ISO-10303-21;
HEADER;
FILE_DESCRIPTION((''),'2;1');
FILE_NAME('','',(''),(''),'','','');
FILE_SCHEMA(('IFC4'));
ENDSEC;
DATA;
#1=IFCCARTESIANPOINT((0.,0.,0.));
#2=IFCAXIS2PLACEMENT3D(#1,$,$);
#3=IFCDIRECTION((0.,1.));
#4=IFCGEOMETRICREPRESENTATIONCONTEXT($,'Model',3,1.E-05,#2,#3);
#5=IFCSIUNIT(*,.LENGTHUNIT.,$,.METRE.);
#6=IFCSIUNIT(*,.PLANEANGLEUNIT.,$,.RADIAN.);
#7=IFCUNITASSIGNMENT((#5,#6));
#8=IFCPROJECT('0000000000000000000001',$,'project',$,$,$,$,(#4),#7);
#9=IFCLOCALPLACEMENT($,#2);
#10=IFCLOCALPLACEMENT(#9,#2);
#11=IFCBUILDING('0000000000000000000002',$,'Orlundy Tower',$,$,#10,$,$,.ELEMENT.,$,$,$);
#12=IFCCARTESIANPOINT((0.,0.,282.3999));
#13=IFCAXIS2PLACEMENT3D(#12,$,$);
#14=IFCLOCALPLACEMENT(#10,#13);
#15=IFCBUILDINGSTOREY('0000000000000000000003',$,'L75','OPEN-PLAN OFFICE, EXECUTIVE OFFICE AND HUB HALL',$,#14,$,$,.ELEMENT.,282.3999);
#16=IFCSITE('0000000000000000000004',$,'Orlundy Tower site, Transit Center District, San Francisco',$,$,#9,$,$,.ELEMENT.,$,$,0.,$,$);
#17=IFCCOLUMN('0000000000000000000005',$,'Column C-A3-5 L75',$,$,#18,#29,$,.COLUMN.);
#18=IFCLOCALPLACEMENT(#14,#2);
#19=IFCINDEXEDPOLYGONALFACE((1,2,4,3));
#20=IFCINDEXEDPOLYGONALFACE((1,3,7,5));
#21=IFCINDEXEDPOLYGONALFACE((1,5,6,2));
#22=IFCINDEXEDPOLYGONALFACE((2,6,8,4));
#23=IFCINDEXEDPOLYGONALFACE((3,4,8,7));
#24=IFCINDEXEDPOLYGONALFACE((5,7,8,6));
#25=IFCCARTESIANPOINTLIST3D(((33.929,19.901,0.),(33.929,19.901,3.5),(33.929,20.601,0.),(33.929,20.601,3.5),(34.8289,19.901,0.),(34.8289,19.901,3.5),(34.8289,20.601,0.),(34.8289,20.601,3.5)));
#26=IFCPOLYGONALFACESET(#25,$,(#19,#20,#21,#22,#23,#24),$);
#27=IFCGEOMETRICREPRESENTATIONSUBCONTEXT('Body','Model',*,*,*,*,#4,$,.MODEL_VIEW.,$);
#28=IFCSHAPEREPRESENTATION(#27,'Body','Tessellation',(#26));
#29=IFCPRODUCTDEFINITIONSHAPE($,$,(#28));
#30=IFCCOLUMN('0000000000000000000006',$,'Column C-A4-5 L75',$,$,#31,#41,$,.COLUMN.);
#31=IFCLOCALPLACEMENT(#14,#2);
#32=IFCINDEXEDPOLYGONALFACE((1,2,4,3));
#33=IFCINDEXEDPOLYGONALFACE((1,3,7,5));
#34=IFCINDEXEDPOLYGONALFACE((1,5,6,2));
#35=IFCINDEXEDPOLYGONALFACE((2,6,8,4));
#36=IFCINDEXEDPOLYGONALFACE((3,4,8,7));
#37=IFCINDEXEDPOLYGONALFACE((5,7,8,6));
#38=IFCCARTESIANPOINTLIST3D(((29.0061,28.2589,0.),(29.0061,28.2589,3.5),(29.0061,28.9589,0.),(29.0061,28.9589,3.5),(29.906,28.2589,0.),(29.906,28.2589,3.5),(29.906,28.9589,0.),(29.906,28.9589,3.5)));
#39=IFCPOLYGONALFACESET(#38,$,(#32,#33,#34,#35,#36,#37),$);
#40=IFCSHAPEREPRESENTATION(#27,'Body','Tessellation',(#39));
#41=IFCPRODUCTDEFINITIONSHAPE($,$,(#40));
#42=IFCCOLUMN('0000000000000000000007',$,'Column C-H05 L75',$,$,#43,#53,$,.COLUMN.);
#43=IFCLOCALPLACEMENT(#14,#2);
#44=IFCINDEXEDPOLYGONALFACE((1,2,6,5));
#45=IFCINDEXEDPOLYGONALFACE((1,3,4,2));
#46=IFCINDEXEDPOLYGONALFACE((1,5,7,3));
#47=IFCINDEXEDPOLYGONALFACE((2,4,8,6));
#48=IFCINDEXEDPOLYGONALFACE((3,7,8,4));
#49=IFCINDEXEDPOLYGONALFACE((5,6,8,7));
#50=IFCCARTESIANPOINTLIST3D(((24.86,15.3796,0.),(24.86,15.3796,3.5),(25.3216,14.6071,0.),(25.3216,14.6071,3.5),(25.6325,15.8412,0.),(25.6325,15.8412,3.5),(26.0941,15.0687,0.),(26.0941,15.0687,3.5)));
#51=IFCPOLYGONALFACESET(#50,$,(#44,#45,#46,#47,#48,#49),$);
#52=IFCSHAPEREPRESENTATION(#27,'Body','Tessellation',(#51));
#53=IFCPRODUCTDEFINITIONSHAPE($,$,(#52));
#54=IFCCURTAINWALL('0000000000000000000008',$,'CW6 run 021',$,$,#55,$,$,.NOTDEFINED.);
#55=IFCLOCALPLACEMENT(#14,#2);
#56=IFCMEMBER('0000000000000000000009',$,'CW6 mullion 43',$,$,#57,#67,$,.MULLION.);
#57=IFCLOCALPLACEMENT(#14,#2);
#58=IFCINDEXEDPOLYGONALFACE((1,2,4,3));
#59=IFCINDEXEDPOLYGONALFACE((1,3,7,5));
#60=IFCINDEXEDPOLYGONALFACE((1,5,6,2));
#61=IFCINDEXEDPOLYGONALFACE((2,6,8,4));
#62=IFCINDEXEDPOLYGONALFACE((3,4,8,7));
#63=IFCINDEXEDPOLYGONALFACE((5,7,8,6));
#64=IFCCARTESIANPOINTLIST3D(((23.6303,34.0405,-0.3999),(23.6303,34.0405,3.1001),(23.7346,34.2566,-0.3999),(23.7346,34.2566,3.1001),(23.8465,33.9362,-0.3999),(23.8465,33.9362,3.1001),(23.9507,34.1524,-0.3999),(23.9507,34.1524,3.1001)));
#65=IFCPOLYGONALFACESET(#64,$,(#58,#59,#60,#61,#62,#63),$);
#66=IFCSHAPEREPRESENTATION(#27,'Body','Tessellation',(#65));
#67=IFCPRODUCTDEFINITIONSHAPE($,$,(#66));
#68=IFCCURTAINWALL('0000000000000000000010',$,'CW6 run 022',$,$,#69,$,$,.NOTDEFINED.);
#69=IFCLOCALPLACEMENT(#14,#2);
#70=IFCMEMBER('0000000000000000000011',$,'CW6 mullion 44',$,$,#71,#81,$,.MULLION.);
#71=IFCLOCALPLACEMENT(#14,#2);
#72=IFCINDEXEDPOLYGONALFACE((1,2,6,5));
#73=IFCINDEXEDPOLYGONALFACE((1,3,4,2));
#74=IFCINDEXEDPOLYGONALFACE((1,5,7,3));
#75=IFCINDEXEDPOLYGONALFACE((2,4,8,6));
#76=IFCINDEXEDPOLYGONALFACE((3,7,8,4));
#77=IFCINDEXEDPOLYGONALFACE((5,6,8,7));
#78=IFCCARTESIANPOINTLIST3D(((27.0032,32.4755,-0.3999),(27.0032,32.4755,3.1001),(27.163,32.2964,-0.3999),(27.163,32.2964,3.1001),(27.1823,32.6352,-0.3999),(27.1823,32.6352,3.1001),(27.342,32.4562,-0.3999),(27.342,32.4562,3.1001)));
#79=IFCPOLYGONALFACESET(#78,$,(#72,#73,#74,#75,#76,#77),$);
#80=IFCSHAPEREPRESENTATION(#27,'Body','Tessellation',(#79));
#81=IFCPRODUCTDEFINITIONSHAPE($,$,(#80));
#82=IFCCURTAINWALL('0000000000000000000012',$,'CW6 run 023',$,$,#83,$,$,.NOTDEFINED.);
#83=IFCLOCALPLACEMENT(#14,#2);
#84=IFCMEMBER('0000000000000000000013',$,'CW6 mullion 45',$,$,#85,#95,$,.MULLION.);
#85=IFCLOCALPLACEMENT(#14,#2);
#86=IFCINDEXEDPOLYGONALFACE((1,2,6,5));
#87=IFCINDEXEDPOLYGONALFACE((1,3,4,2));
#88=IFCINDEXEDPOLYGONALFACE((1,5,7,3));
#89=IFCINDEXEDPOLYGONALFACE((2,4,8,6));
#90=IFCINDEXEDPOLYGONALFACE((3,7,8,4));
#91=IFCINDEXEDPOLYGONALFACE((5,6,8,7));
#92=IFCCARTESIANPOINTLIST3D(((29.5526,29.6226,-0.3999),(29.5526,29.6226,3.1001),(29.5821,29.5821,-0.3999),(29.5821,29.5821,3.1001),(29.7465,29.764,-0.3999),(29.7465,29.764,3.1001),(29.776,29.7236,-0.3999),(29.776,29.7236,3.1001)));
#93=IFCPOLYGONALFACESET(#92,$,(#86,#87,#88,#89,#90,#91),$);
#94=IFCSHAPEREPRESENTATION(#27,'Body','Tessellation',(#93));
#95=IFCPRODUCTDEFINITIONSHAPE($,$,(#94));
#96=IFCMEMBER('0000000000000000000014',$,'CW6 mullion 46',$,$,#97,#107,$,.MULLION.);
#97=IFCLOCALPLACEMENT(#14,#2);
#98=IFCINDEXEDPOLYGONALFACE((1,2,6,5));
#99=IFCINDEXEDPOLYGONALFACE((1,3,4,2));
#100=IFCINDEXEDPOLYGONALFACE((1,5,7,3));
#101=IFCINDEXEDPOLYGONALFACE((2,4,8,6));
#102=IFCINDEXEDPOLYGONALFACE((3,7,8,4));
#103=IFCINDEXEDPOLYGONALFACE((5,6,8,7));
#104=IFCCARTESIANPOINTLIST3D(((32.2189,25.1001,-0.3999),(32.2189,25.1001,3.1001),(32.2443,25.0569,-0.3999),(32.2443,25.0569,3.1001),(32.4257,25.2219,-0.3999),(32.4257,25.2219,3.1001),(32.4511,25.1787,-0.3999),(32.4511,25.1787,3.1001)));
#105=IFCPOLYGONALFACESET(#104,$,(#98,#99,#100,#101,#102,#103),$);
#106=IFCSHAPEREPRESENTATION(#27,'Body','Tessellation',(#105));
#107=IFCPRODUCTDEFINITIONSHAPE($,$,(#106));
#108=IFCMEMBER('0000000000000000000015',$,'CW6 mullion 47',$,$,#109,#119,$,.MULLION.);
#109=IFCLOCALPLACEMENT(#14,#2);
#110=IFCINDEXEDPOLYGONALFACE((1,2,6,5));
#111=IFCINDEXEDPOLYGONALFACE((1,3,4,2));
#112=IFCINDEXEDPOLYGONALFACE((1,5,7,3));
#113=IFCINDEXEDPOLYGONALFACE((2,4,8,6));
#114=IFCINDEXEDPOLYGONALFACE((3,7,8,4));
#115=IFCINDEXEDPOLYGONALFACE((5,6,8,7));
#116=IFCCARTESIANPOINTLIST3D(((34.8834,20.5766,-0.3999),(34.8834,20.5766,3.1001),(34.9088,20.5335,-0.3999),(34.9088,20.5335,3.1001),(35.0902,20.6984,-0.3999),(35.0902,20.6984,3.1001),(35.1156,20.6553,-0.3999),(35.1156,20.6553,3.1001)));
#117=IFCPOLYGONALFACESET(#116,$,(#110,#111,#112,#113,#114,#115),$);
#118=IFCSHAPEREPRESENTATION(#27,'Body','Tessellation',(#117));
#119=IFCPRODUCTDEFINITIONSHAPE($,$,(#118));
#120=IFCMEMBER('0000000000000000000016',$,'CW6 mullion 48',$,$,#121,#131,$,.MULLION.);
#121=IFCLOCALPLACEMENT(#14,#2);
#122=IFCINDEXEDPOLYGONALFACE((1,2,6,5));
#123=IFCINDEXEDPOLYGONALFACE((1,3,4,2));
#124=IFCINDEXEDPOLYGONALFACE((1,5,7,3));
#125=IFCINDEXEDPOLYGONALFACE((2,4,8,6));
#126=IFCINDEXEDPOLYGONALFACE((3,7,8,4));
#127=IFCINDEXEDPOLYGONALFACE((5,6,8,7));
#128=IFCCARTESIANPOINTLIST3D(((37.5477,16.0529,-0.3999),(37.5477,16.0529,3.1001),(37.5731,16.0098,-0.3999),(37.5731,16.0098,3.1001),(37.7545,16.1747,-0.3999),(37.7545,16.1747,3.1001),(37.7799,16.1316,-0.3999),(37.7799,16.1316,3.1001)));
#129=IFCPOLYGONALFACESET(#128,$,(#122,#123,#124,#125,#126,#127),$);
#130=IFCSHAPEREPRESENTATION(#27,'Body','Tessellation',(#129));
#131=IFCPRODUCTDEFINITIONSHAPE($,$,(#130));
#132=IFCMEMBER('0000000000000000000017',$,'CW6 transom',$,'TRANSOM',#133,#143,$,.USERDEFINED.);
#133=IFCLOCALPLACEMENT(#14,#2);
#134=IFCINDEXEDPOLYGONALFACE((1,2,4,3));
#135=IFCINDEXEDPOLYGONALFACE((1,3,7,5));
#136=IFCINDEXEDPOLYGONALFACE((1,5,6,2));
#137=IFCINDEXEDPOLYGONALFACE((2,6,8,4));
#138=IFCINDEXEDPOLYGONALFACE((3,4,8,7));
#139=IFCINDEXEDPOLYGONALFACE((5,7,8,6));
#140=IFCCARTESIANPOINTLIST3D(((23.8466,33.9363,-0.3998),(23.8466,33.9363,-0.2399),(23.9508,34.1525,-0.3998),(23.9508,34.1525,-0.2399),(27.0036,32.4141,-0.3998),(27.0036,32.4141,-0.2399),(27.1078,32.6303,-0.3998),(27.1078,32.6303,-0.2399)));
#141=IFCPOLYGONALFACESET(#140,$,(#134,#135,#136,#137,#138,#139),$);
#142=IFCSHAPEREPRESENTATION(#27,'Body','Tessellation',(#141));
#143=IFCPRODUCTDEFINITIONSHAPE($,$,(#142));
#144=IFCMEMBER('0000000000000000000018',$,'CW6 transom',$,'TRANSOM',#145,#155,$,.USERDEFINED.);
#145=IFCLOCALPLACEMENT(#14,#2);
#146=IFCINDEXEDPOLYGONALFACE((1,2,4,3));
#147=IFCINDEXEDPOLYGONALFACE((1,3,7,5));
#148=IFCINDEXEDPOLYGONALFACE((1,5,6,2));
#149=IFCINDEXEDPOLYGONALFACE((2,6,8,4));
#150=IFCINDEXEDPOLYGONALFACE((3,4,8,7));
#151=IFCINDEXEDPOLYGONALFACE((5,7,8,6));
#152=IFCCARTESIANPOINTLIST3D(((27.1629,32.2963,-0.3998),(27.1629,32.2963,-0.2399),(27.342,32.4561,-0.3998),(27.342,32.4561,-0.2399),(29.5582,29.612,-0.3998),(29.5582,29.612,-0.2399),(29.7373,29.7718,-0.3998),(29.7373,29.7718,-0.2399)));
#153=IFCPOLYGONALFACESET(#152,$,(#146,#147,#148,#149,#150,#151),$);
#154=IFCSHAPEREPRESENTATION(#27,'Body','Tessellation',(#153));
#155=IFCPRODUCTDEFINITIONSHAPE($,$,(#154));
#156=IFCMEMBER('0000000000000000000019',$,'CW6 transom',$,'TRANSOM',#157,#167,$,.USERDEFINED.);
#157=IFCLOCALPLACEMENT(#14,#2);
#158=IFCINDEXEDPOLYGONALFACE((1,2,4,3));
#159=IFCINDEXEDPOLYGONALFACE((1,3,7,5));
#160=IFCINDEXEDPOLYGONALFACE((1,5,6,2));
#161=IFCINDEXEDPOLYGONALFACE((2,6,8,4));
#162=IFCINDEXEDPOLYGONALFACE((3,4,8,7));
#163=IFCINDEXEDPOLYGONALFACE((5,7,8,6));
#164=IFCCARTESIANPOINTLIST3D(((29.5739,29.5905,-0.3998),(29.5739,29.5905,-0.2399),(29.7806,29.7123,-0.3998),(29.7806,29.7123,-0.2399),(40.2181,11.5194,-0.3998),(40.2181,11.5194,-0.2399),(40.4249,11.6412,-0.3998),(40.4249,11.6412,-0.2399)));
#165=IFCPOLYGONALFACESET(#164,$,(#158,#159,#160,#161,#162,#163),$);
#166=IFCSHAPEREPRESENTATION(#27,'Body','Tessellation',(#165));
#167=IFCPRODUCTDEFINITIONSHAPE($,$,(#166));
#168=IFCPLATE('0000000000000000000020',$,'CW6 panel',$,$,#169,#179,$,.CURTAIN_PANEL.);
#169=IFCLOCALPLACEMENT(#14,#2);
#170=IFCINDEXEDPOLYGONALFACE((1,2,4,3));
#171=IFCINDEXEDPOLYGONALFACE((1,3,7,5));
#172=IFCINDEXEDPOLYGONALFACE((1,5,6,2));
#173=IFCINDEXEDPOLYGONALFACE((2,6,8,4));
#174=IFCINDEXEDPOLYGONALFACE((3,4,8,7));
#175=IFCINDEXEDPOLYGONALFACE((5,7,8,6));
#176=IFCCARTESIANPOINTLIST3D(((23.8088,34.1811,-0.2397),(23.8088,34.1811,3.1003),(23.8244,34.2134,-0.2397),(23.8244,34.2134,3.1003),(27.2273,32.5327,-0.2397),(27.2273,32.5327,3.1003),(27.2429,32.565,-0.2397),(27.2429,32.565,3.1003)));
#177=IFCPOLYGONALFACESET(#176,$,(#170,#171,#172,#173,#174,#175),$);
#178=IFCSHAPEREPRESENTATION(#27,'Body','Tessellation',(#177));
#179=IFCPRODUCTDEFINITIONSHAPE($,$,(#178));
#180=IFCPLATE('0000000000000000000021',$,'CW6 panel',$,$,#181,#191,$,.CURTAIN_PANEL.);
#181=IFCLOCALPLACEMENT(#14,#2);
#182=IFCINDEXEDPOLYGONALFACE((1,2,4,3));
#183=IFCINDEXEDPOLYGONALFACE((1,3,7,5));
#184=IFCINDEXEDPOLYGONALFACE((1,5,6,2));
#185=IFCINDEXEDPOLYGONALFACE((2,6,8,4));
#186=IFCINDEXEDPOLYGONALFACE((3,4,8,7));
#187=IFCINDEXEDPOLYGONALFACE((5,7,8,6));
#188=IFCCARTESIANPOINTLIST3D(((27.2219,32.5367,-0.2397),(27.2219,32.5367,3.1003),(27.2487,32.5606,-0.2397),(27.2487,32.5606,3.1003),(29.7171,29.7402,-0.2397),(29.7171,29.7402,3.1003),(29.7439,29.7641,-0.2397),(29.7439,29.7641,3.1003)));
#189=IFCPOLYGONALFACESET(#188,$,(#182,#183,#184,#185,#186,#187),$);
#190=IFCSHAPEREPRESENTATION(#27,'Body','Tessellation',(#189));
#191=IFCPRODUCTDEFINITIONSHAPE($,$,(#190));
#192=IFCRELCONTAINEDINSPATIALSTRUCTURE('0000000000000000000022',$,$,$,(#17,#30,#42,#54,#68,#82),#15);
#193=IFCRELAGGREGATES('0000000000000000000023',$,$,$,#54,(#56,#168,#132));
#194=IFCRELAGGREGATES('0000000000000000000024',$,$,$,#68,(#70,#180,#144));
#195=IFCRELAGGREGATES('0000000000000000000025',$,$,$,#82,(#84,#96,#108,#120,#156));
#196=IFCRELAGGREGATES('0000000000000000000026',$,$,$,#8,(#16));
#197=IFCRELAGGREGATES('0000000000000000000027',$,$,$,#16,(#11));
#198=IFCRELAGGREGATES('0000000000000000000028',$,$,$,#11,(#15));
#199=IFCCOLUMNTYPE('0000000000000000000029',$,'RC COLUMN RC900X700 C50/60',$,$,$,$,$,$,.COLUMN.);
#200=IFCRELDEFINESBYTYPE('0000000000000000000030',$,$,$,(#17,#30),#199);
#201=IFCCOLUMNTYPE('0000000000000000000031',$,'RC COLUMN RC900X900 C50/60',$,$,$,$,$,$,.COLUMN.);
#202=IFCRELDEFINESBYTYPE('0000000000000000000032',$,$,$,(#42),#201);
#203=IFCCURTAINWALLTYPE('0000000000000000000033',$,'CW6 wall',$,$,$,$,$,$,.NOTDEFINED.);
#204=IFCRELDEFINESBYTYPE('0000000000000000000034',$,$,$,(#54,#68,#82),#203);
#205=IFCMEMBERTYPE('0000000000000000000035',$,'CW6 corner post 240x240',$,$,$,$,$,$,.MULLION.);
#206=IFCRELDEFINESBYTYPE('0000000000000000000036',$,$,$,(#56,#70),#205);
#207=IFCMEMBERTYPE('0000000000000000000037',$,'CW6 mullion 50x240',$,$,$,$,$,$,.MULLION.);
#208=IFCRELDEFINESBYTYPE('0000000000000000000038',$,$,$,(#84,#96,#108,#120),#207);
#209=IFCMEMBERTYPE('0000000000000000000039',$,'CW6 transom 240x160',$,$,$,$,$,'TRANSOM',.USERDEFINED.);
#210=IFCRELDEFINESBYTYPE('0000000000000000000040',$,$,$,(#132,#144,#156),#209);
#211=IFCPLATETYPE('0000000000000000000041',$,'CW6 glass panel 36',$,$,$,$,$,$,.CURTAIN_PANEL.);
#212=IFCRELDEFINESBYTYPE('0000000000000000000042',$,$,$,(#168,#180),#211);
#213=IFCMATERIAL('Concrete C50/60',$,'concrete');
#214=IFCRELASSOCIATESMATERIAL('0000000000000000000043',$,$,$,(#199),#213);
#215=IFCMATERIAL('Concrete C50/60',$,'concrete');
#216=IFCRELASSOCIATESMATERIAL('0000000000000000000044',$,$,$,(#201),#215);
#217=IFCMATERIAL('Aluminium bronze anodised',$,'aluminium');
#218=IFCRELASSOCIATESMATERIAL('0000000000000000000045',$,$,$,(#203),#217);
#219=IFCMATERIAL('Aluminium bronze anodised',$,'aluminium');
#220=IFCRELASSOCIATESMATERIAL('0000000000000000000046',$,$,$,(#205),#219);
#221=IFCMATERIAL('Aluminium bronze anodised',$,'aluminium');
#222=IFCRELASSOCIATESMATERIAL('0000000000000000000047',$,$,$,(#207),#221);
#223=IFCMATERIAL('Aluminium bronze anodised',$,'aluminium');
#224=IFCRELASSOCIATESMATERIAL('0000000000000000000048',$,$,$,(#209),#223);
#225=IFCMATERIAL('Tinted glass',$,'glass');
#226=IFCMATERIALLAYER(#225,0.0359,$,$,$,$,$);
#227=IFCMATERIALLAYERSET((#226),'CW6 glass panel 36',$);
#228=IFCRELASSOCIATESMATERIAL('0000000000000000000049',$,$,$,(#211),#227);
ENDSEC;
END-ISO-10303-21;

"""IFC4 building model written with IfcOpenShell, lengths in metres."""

from ifc_helpers import new_model, si_unit, direction, frame, origin, origin_2d, place, context, subcontext, project, spatial, rectangle, extrude, material, layer, layer_set, material_profile, profile_set, type_object, element, aggregate, save


model = new_model("IFC4")

# Units and contexts
model_context = context("Model", 3, precision=1e-05, world=origin(), true_north=direction((0.0, 1.0)))
body_context = subcontext(model_context, "Body", "Model", "MODEL_VIEW")
ifc_project = project(units=[si_unit("LENGTHUNIT", "METRE"), si_unit("PLANEANGLEUNIT", "RADIAN")], contexts=[model_context])

# Site, building, storey
site_placement = place(None, origin())
site = spatial("IfcSite", under=ifc_project, at=site_placement, Name="Orlundy Tower site, Transit Center District, San Francisco", CompositionType="ELEMENT", RefElevation=0.0)
building_placement = place(site_placement, origin())
building = spatial("IfcBuilding", under=site, at=building_placement, Name="Orlundy Tower", CompositionType="ELEMENT")
storey_placement = place(building_placement, frame((0.0, 0.0, 282.3999)))
storey = spatial("IfcBuildingStorey", under=building, at=storey_placement, Name="L75", Description="OPEN-PLAN OFFICE, EXECUTIVE OFFICE AND HUB HALL", CompositionType="ELEMENT", Elevation=282.3999)

# Columns
ifc_material_1 = material(Name="Concrete C50/60", Category="concrete")
ifc_material_profile_1 = material_profile(ifc_material_1, rectangle(XDim=0.8999, YDim=0.7, at=origin_2d()), Name="RC900X700")
ifc_profile_set_1 = profile_set([ifc_material_profile_1], Name="Concrete C50/60")
column_type_1 = type_object("IfcColumnType", Name="RC COLUMN RC900X700 C50/60", PredefinedType="COLUMN", material=ifc_profile_set_1)
for number, where, z_axis, x_axis, name in (
    (1, (34.3789, 20.251, 0.0), (0.0, 0.0, 1.0), (1.0, 0.0, 0.0), "Column C-A3-5 L75"),
    (2, (29.4561, 28.6089, 0.0), (0.0, 0.0, 1.0), (1.0, 0.0, 0.0), "Column C-A4-5 L75"),
):
    element("IfcColumn", number, at=place(storey_placement, frame(where, z_axis=z_axis, x_axis=x_axis)), inside=storey, type_object=column_type_1, Name=name, PredefinedType="COLUMN", context=body_context, shape_type="SweptSolid", body=[
        extrude(rectangle(XDim=0.8999, YDim=0.7, at=origin_2d()), origin(), (0.0, 0.0, 1.0), 3.5),
    ])
ifc_material_2 = material(Name="Concrete C50/60", Category="concrete")
ifc_material_profile_2 = material_profile(ifc_material_2, rectangle(XDim=0.8999, YDim=0.8999, at=origin_2d()), Name="RC900X900")
ifc_profile_set_2 = profile_set([ifc_material_profile_2], Name="Concrete C50/60")
column_type_2 = type_object("IfcColumnType", Name="RC COLUMN RC900X900 C50/60", PredefinedType="COLUMN", material=ifc_profile_set_2)
column_placement = place(storey_placement, frame((25.4771, 15.2241, 0.0), z_axis=(0.0, 0.0, 1.0), x_axis=(0.858414, 0.512957, 0.0)))
element("IfcColumn", 3, at=column_placement, inside=storey, type_object=column_type_2, Name="Column C-H05 L75", PredefinedType="COLUMN", context=body_context, shape_type="SweptSolid", body=[
    extrude(rectangle(XDim=0.8999, YDim=0.8999, at=origin_2d()), origin(), (0.0, 0.0, 1.0), 3.5),
])

# Curtain walls, members
ifc_material_3 = material(Name="Aluminium bronze anodised", Category="aluminium")
curtain_wall_type = type_object("IfcCurtainWallType", Name="CW6 wall", PredefinedType="NOTDEFINED", material=ifc_material_3)
curtain_wall_1_placement = place(storey_placement, origin())
curtain_wall_1 = element("IfcCurtainWall", 4, at=curtain_wall_1_placement, inside=storey, type_object=curtain_wall_type, Name="CW6 run 021", PredefinedType="NOTDEFINED")
ifc_material_4 = material(Name="Aluminium bronze anodised", Category="aluminium")
ifc_material_profile_3 = material_profile(ifc_material_4, rectangle(XDim=0.24, YDim=0.24, at=origin_2d()), Name="CW6 corner post 240x240")
ifc_profile_set_3 = profile_set([ifc_material_profile_3], Name="Aluminium bronze anodised")
member_type_1 = type_object("IfcMemberType", Name="CW6 corner post 240x240", PredefinedType="MULLION", material=ifc_profile_set_3)
member_1_placement = place(storey_placement, frame((23.7905, 34.0964, -0.3999), z_axis=(0.0, 0.0, 1.0), x_axis=(0.434327, 0.900755, 0.0)))
member_1 = element("IfcMember", 5, at=member_1_placement, type_object=member_type_1, Name="CW6 mullion 43", PredefinedType="MULLION", context=body_context, shape_type="SweptSolid", body=[
    extrude(rectangle(XDim=0.24, YDim=0.24, at=origin_2d()), origin(), (0.0, 0.0, 1.0), 3.5),
])
curtain_wall_2_placement = place(storey_placement, origin())
curtain_wall_2 = element("IfcCurtainWall", 6, at=curtain_wall_2_placement, inside=storey, type_object=curtain_wall_type, Name="CW6 run 022", PredefinedType="NOTDEFINED")
member_2_placement = place(storey_placement, frame((27.1726, 32.4658, -0.3999), z_axis=(0.0, 0.0, 1.0), x_axis=(0.746158, 0.665769, 0.0)))
member_2 = element("IfcMember", 7, at=member_2_placement, type_object=member_type_1, Name="CW6 mullion 44", PredefinedType="MULLION", context=body_context, shape_type="SweptSolid", body=[
    extrude(rectangle(XDim=0.24, YDim=0.24, at=origin_2d()), origin(), (0.0, 0.0, 1.0), 3.5),
])

# Curtain wall, members
curtain_wall_3_placement = place(storey_placement, origin())
curtain_wall_3 = element("IfcCurtainWall", 8, at=curtain_wall_3_placement, inside=storey, type_object=curtain_wall_type, Name="CW6 run 023", PredefinedType="NOTDEFINED")
ifc_material_5 = material(Name="Aluminium bronze anodised", Category="aluminium")
ifc_material_profile_4 = material_profile(ifc_material_5, rectangle(XDim=0.24, YDim=0.05, at=origin_2d()), Name="CW6 mullion 50x240")
ifc_profile_set_4 = profile_set([ifc_material_profile_4], Name="Aluminium bronze anodised")
member_type_2 = type_object("IfcMemberType", Name="CW6 mullion 50x240", PredefinedType="MULLION", material=ifc_profile_set_4)
member_3_placement = place(storey_placement, frame((29.6643, 29.6731, -0.3999), z_axis=(0.0, 0.0, 1.0), x_axis=(0.807779, 0.589485, 0.0)))
member_3 = element("IfcMember", 9, at=member_3_placement, type_object=member_type_2, Name="CW6 mullion 45", PredefinedType="MULLION", context=body_context, shape_type="SweptSolid", body=[
    extrude(rectangle(XDim=0.24, YDim=0.05, at=origin_2d()), origin(), (0.0, 0.0, 1.0), 3.5),
])
member_4_placement = place(storey_placement, frame((32.335, 25.1394, -0.3999), z_axis=(0.0, 0.0, 1.0), x_axis=(0.861633, 0.507532, 0.0)))
member_4 = element("IfcMember", 10, at=member_4_placement, type_object=member_type_2, Name="CW6 mullion 46", PredefinedType="MULLION", context=body_context, shape_type="SweptSolid", body=[
    extrude(rectangle(XDim=0.24, YDim=0.05, at=origin_2d()), origin(), (0.0, 0.0, 1.0), 3.5),
])
member_5_placement = place(storey_placement, frame((34.9995, 20.616, -0.3999), z_axis=(0.0, 0.0, 1.0), x_axis=(0.861633, 0.507532, 0.0)))
member_5 = element("IfcMember", 11, at=member_5_placement, type_object=member_type_2, Name="CW6 mullion 47", PredefinedType="MULLION", context=body_context, shape_type="SweptSolid", body=[
    extrude(rectangle(XDim=0.24, YDim=0.05, at=origin_2d()), origin(), (0.0, 0.0, 1.0), 3.5),
])
member_6_placement = place(storey_placement, frame((37.6638, 16.0923, -0.3999), z_axis=(0.0, 0.0, 1.0), x_axis=(0.861633, 0.507532, 0.0)))
member_6 = element("IfcMember", 12, at=member_6_placement, type_object=member_type_2, Name="CW6 mullion 48", PredefinedType="MULLION", context=body_context, shape_type="SweptSolid", body=[
    extrude(rectangle(XDim=0.24, YDim=0.05, at=origin_2d()), origin(), (0.0, 0.0, 1.0), 3.5),
])

# Members
ifc_material_6 = material(Name="Aluminium bronze anodised", Category="aluminium")
ifc_material_profile_5 = material_profile(ifc_material_6, rectangle(XDim=0.24, YDim=0.1599, at=origin_2d()), Name="CW6 transom 240x160")
ifc_profile_set_5 = profile_set([ifc_material_profile_5], Name="Aluminium bronze anodised")
member_type_3 = type_object("IfcMemberType", Name="CW6 transom 240x160", ElementType="TRANSOM", PredefinedType="USERDEFINED", material=ifc_profile_set_5)
member_7_placement = place(storey_placement, frame((23.8987, 34.0444, -0.3198), z_axis=(0.900757, -0.434322, 0.0), x_axis=(0.434322, 0.900757, 0.0)))
member_7 = element("IfcMember", 13, at=member_7_placement, type_object=member_type_3, Name="CW6 transom", ObjectType="TRANSOM", PredefinedType="USERDEFINED", context=body_context, shape_type="SweptSolid", body=[
    extrude(rectangle(XDim=0.24, YDim=0.1599, at=origin_2d()), origin(), (0.0, 0.0, 1.0), 3.5049),
])
member_8_placement = place(storey_placement, frame((27.2524, 32.3762, -0.3198), z_axis=(0.665791, -0.746139, 0.0), x_axis=(0.746139, 0.665791, 0.0)))
member_8 = element("IfcMember", 14, at=member_8_placement, type_object=member_type_3, Name="CW6 transom", ObjectType="TRANSOM", PredefinedType="USERDEFINED", context=body_context, shape_type="SweptSolid", body=[
    extrude(rectangle(XDim=0.24, YDim=0.1599, at=origin_2d()), origin(), (0.0, 0.0, 1.0), 3.5977),
])
member_9_placement = place(storey_placement, frame((29.6772, 29.6514, -0.3198), z_axis=(0.507525, -0.861637, 0.0), x_axis=(0.861637, 0.507525, 0.0)))
member_9 = element("IfcMember", 15, at=member_9_placement, type_object=member_type_3, Name="CW6 transom", ObjectType="TRANSOM", PredefinedType="USERDEFINED", context=body_context, shape_type="SweptSolid", body=[
    extrude(rectangle(XDim=0.24, YDim=0.1599, at=origin_2d()), origin(), (0.0, 0.0, 1.0), 20.9729),
])

# Plates
ifc_material_7 = material(Name="Tinted glass", Category="glass")
ifc_layer_1 = layer(ifc_material_7, 0.0359)
ifc_layer_set_1 = layer_set([ifc_layer_1], Name="CW6 glass panel 36")
plate_type = type_object("IfcPlateType", Name="CW6 glass panel 36", PredefinedType="CURTAIN_PANEL", material=ifc_layer_set_1)
plate_1_placement = place(storey_placement, frame((25.5259, 33.373, -0.2397), z_axis=(0.0, 0.0, 1.0), x_axis=(0.900755, -0.434327, 0.0)))
plate_1 = element("IfcPlate", 16, at=plate_1_placement, type_object=plate_type, Name="CW6 panel", PredefinedType="CURTAIN_PANEL", context=body_context, shape_type="SweptSolid", body=[
    extrude(rectangle(XDim=3.7952, YDim=0.0359, at=origin_2d()), origin(), (0.0, 0.0, 1.0), 3.3401),
])
aggregate(curtain_wall_1, [member_1, plate_1, member_7])
plate_2_placement = place(storey_placement, frame((28.4829, 31.1504, -0.2397), z_axis=(0.0, 0.0, 1.0), x_axis=(0.665769, -0.746158, 0.0)))
plate_2 = element("IfcPlate", 17, at=plate_2_placement, type_object=plate_type, Name="CW6 panel", PredefinedType="CURTAIN_PANEL", context=body_context, shape_type="SweptSolid", body=[
    extrude(rectangle(XDim=3.7478, YDim=0.0359, at=origin_2d()), origin(), (0.0, 0.0, 1.0), 3.3401),
])
aggregate(curtain_wall_2, [member_2, plate_2, member_8])
aggregate(curtain_wall_3, [member_3, member_4, member_5, member_6, member_9])

save(model, "model.ifc")
